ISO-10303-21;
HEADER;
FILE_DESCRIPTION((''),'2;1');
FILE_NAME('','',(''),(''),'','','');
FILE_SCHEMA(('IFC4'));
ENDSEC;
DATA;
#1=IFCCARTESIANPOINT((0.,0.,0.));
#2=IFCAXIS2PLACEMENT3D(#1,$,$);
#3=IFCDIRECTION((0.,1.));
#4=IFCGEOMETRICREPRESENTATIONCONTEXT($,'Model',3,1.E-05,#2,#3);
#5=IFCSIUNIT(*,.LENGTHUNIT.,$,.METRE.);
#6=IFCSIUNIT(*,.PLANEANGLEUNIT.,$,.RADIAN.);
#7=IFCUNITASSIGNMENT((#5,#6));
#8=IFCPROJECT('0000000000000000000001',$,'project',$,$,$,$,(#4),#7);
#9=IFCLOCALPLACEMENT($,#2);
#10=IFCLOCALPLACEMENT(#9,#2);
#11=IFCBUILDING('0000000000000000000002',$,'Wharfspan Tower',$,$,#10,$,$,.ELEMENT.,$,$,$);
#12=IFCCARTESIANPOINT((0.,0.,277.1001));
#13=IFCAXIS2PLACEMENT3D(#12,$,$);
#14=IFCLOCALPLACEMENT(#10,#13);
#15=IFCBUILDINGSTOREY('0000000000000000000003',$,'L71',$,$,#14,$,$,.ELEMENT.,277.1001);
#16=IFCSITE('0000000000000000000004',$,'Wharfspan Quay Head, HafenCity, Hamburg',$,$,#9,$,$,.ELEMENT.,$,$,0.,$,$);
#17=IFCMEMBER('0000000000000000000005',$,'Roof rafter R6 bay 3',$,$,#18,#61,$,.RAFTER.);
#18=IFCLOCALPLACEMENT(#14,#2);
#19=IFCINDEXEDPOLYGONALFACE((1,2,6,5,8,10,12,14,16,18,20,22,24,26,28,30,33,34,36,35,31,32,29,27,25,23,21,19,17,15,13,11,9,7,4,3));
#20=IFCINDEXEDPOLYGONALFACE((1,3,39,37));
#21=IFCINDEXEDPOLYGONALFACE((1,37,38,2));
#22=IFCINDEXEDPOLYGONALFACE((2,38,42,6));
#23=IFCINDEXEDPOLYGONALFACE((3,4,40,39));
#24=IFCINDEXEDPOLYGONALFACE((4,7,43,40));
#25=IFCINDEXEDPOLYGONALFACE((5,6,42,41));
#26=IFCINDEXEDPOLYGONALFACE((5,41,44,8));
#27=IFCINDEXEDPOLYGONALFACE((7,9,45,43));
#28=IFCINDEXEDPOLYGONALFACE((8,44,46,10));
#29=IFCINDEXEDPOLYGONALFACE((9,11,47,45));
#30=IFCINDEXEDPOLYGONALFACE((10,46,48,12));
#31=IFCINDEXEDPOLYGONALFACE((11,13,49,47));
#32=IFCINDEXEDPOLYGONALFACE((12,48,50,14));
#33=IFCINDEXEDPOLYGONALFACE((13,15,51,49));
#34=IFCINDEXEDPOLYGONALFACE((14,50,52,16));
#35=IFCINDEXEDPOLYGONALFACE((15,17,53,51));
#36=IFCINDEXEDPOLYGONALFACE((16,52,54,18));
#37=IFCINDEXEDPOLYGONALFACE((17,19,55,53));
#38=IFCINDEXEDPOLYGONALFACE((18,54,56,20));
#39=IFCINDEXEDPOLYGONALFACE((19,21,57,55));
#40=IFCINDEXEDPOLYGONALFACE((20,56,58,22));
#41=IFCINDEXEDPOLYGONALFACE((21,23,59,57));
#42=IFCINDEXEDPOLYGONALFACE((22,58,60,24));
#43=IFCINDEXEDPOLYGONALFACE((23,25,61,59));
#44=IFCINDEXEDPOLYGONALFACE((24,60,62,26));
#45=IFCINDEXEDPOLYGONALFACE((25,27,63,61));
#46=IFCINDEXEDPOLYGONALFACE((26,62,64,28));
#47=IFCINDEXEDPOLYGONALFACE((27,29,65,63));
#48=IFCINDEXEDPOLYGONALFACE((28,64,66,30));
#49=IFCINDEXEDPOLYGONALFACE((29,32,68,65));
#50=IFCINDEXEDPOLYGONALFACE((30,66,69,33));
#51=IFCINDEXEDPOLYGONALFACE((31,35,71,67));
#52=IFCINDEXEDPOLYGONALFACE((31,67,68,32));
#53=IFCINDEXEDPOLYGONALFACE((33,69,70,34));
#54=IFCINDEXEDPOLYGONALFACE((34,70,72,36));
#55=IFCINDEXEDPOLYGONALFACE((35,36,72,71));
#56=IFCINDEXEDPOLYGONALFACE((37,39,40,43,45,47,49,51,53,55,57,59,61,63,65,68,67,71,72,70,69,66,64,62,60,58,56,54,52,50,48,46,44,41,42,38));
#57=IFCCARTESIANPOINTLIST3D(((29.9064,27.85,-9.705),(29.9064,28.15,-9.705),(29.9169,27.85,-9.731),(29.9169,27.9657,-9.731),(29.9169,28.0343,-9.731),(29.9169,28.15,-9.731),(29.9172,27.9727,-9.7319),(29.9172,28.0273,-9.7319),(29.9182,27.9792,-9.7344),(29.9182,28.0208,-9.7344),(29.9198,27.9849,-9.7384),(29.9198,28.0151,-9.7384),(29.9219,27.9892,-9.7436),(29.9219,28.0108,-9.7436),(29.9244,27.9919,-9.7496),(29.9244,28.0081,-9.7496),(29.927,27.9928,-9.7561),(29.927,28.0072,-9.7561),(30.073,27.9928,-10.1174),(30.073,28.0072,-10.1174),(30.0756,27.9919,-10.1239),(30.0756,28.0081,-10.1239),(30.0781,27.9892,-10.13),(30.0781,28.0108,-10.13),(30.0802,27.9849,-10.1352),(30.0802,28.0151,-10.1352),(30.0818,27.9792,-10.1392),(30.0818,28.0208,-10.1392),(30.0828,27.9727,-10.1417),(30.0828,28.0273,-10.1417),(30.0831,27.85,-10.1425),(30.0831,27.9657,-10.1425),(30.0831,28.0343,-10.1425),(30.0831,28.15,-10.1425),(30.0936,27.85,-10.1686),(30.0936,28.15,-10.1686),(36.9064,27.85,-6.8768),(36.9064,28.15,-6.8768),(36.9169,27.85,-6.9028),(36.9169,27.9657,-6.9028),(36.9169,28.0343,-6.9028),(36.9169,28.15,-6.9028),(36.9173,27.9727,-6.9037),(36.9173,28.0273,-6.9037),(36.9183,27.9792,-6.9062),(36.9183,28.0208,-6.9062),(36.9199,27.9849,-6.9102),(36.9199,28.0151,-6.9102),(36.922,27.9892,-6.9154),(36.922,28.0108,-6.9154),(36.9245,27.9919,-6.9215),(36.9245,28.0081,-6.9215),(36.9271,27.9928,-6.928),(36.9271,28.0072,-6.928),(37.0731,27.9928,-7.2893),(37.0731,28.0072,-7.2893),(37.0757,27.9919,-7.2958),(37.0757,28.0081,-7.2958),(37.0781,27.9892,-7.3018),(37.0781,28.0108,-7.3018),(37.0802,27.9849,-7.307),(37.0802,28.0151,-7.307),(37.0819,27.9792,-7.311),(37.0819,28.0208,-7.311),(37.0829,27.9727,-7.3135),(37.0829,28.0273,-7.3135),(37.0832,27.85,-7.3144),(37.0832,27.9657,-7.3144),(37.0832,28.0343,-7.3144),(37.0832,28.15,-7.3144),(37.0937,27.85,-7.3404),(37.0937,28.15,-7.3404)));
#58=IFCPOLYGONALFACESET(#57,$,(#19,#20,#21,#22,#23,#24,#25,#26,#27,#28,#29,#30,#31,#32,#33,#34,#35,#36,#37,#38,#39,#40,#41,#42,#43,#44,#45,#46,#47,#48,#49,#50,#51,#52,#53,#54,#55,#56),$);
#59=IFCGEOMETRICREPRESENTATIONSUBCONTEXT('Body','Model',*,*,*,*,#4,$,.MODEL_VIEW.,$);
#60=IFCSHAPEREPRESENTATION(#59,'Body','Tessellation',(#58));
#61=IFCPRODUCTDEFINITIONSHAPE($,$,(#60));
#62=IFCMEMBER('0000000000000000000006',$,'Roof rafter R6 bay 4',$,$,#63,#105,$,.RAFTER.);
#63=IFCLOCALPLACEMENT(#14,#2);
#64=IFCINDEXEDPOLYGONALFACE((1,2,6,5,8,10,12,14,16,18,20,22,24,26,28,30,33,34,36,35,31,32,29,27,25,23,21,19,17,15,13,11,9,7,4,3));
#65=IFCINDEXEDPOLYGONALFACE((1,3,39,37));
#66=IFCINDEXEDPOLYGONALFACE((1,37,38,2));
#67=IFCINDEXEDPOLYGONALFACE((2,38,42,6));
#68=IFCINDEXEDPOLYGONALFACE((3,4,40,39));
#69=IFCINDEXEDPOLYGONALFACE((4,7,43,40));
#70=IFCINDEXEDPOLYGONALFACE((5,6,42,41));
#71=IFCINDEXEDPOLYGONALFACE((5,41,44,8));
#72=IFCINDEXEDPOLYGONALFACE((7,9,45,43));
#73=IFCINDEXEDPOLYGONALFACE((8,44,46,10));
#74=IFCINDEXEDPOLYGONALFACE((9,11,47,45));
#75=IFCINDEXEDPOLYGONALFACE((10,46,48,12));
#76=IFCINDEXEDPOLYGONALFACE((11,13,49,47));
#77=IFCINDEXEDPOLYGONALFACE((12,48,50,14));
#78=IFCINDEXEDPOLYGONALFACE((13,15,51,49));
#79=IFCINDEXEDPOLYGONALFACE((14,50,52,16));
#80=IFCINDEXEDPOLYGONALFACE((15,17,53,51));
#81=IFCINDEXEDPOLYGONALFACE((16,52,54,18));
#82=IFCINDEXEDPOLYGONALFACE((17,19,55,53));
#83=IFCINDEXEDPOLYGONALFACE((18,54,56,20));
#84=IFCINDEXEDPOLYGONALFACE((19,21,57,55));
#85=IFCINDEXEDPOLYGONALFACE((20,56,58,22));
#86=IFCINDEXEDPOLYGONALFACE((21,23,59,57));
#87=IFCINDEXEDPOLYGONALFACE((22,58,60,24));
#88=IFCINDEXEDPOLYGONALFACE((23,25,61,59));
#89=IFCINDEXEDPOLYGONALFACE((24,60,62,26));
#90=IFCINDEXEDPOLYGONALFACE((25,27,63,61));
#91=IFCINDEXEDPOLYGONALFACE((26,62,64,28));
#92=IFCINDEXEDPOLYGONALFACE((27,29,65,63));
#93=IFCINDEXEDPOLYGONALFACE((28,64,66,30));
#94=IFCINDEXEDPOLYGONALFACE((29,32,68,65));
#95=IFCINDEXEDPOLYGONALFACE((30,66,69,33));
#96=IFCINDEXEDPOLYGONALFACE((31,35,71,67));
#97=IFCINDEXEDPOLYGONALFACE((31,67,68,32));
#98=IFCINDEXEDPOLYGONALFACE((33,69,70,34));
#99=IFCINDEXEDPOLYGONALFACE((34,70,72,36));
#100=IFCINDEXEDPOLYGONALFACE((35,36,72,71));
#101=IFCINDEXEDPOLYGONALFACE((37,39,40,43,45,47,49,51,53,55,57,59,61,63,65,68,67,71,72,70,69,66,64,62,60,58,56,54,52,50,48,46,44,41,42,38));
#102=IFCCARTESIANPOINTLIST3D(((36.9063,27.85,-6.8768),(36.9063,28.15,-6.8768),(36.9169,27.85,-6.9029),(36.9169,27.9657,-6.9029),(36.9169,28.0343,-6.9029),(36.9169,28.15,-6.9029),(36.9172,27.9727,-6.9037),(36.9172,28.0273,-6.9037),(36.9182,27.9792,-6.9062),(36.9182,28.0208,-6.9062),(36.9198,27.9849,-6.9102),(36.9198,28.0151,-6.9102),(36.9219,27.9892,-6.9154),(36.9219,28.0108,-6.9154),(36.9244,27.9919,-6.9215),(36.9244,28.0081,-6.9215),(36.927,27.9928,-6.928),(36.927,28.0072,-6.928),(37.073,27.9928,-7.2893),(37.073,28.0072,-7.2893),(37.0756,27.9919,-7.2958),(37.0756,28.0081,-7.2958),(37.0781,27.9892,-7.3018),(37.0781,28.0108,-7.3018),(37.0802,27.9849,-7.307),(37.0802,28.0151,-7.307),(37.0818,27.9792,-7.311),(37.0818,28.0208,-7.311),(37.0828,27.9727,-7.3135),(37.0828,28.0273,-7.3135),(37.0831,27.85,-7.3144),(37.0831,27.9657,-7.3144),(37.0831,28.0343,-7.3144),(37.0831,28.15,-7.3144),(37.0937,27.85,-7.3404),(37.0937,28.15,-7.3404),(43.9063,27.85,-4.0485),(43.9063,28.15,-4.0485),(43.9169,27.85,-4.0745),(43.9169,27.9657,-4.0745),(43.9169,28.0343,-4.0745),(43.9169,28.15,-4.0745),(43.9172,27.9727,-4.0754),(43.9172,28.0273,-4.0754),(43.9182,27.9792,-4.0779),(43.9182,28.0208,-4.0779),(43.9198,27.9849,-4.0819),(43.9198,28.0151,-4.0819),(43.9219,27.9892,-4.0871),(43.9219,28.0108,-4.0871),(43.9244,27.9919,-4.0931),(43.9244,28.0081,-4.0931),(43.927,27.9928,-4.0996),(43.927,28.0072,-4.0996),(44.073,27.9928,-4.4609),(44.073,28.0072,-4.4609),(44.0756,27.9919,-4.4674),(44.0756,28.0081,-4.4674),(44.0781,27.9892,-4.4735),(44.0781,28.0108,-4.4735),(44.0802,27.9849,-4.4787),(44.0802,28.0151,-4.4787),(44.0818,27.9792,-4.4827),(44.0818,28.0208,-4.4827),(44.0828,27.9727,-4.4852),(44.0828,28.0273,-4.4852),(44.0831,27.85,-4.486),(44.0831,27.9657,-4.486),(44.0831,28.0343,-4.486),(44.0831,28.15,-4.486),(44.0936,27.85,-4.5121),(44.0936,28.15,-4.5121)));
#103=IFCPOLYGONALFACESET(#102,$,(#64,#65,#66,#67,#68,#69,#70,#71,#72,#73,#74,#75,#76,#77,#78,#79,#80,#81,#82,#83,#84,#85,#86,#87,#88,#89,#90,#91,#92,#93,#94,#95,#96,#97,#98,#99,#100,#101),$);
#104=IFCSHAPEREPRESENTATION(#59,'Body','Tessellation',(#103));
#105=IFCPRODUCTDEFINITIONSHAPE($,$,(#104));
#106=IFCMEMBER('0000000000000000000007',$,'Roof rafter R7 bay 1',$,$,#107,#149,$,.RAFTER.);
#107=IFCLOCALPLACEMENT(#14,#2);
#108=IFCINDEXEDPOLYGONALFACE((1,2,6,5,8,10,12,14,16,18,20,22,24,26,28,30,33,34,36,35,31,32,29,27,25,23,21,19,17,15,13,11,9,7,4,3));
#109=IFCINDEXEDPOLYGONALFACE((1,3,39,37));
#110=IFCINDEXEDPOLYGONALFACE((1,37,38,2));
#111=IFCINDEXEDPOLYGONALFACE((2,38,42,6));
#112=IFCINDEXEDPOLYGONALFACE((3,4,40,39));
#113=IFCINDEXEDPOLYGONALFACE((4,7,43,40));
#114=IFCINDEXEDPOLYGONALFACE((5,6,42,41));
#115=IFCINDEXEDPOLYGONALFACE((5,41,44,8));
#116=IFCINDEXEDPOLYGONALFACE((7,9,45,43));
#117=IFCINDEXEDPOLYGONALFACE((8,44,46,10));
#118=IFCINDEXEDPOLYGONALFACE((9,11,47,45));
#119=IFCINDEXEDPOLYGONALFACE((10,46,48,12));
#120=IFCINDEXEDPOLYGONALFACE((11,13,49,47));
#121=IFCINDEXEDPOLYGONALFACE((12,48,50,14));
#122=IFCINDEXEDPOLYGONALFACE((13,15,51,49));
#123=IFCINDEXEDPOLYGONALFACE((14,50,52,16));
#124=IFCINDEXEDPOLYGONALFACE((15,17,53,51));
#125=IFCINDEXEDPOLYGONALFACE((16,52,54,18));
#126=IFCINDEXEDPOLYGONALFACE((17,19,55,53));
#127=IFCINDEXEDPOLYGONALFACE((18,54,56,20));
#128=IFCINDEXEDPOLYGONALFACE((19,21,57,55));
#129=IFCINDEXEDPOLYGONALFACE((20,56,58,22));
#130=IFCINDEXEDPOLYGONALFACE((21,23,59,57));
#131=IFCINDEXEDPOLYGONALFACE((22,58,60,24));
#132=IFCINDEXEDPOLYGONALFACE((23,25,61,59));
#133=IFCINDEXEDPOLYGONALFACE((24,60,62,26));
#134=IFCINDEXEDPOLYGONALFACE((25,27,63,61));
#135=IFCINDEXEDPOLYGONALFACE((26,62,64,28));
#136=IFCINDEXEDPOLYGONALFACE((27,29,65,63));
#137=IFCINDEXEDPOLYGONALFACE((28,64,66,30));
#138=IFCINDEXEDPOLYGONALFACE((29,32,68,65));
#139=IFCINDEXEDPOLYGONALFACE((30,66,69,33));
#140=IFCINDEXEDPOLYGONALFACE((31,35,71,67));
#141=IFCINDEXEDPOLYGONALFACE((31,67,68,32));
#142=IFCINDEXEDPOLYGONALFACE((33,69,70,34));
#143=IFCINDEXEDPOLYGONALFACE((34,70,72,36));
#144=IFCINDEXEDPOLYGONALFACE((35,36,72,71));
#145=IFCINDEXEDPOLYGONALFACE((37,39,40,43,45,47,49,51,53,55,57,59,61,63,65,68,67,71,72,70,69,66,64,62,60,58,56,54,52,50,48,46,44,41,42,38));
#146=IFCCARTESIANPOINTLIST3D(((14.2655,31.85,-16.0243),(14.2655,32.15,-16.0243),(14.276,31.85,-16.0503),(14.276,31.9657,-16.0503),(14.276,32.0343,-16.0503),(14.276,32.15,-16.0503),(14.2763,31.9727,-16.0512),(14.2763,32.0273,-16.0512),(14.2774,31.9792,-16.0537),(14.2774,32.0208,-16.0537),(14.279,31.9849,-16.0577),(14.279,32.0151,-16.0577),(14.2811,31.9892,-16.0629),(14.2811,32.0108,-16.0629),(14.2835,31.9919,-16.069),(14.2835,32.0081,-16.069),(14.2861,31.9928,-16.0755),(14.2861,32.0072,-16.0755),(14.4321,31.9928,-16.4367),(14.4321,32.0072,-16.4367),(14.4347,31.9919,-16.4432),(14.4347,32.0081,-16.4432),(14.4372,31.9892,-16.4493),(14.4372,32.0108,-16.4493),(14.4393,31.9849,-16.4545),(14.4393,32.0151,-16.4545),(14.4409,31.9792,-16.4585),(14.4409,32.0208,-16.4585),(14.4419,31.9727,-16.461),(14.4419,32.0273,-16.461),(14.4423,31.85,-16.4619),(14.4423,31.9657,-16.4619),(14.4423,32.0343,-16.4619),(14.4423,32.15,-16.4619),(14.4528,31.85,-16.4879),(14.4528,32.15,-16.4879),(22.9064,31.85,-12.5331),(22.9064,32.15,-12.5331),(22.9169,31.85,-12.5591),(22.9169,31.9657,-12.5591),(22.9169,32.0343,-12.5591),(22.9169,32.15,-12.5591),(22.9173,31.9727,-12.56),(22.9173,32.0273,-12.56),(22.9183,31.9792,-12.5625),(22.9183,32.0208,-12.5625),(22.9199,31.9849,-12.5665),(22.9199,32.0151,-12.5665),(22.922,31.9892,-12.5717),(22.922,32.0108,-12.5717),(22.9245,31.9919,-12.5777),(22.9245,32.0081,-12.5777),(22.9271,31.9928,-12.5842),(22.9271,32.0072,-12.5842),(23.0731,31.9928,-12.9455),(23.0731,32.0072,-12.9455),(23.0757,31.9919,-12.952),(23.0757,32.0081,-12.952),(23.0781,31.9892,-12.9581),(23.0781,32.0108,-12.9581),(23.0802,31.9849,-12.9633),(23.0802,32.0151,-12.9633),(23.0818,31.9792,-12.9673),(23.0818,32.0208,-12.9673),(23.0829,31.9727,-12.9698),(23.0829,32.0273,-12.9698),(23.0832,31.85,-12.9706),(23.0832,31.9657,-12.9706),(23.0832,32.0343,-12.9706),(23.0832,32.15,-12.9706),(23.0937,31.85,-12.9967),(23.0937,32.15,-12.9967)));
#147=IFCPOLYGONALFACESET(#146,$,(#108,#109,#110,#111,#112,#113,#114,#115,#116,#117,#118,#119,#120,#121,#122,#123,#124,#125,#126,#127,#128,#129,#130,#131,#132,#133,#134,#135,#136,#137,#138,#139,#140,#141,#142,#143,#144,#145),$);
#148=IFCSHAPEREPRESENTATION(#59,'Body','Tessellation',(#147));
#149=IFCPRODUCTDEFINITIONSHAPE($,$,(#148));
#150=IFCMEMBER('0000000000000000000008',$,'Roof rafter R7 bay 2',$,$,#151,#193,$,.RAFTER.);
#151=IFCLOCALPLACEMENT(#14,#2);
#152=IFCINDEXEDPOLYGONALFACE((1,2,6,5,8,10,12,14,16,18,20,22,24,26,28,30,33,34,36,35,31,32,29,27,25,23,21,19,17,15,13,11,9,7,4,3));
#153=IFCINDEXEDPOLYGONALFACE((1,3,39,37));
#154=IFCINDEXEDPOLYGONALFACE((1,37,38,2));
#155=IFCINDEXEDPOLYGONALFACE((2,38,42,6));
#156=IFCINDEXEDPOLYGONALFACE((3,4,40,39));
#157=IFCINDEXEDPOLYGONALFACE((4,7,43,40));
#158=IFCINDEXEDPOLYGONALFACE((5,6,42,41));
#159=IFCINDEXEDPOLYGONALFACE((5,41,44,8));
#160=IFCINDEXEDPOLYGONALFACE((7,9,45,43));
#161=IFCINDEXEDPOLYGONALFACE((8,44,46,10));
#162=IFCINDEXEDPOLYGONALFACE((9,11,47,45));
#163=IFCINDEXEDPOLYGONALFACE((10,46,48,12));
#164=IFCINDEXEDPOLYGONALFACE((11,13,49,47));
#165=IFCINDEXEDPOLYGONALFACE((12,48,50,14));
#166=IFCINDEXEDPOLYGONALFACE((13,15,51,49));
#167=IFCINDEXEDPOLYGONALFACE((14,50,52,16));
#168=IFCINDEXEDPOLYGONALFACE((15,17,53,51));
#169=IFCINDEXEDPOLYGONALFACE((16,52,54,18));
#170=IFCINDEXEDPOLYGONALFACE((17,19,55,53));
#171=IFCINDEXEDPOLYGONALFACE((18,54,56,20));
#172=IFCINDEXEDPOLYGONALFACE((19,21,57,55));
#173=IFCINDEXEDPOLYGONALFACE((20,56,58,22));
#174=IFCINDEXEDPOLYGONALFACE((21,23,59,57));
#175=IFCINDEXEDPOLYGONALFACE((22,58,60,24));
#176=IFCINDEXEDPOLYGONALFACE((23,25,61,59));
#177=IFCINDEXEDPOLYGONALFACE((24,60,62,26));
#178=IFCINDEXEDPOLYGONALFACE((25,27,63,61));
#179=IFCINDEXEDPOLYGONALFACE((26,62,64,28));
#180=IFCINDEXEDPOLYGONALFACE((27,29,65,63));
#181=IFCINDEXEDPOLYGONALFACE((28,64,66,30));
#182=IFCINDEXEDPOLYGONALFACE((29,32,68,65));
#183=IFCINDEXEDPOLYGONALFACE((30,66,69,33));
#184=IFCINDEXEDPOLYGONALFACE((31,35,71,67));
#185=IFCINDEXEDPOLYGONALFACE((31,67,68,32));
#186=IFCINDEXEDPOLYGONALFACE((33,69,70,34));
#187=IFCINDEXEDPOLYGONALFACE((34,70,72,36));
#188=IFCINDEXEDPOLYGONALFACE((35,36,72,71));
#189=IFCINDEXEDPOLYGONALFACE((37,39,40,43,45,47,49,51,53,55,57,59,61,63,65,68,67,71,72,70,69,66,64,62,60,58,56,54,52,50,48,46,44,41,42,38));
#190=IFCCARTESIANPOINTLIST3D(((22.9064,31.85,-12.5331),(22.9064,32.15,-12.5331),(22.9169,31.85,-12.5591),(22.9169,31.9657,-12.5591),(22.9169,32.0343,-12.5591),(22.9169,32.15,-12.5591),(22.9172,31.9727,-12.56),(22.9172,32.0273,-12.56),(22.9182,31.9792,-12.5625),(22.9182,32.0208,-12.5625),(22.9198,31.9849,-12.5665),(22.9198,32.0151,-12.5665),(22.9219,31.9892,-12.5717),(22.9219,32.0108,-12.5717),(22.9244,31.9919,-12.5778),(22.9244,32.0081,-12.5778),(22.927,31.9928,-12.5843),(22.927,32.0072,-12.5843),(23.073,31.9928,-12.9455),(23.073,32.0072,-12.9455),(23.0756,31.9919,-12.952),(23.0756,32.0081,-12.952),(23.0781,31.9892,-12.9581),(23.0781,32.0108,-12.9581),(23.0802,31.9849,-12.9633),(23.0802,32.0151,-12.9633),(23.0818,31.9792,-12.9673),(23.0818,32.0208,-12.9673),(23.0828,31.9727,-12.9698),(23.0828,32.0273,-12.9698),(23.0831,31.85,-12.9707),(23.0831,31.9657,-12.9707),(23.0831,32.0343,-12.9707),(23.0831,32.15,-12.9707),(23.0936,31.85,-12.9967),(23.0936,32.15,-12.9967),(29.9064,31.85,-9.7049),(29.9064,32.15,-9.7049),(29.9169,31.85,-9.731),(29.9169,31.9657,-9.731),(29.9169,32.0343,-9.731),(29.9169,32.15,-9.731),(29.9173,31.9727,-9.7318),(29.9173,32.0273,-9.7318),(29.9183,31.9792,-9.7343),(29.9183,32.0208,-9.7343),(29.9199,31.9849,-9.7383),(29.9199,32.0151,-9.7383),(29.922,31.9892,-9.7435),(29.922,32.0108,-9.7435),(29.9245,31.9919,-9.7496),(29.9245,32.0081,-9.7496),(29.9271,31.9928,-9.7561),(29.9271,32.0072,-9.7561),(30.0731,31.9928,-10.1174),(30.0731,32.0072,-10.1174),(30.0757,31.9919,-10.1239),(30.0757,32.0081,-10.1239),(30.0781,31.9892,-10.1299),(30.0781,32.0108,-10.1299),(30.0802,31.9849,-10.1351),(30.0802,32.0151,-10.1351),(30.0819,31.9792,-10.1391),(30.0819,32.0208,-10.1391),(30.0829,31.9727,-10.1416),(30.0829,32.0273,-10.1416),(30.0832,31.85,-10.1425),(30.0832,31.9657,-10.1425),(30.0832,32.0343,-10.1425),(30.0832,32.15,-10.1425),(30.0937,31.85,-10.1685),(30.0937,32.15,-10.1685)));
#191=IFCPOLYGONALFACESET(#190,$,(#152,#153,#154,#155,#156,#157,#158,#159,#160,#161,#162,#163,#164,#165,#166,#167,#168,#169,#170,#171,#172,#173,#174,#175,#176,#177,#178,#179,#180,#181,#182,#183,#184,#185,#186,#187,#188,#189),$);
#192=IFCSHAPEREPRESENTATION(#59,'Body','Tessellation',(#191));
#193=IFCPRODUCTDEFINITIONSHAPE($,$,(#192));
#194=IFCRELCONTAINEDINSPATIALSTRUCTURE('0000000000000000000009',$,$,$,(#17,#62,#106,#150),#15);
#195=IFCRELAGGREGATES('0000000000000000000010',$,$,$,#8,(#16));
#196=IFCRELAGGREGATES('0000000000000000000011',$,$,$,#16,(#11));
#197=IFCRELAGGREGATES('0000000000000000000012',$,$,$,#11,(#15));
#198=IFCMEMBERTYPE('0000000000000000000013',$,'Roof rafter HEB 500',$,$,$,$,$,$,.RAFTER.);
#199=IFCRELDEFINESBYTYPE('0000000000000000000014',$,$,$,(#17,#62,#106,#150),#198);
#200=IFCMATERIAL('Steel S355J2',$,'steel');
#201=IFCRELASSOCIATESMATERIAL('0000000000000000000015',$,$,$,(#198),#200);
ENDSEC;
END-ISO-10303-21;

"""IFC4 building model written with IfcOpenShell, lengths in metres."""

from ifc_helpers import new_model, si_unit, direction, frame, origin, origin_2d, place, context, subcontext, project, spatial, i_section, extrude, material, material_profile, profile_set, type_object, element, save


model = new_model("IFC4")

# Units and contexts
model_context = context("Model", 3, precision=1e-05, world=origin(), true_north=direction((0.0, 1.0)))
body_context = subcontext(model_context, "Body", "Model", "MODEL_VIEW")
ifc_project = project(units=[si_unit("LENGTHUNIT", "METRE"), si_unit("PLANEANGLEUNIT", "RADIAN")], contexts=[model_context])

# Site, building, storey
site_placement = place(None, origin())
site = spatial("IfcSite", under=ifc_project, at=site_placement, Name="Wharfspan Quay Head, HafenCity, Hamburg", CompositionType="ELEMENT", RefElevation=0.0)
building_placement = place(site_placement, origin())
building = spatial("IfcBuilding", under=site, at=building_placement, Name="Wharfspan Tower", CompositionType="ELEMENT")
storey_placement = place(building_placement, frame((0.0, 0.0, 277.1001)))
storey = spatial("IfcBuildingStorey", under=building, at=storey_placement, Name="L71", CompositionType="ELEMENT", Elevation=277.1001)

# Members
ifc_material = material(Name="Steel S355J2", Category="steel")
ifc_material_profile = material_profile(ifc_material, i_section(OverallWidth=0.3, OverallDepth=0.5, WebThickness=0.0144, FlangeThickness=0.0281, FilletRadius=0.0271, at=origin_2d()))
ifc_profile_set = profile_set([ifc_material_profile], Name="Steel S355J2")
member_type = type_object("IfcMemberType", Name="Roof rafter HEB 500", PredefinedType="RAFTER", material=ifc_profile_set)
for number, where, z_axis, x_axis, name in (
    (1, (30.0, 28.0, -9.9368), (0.927187, 0.0, 0.3746), (0.0, 1.0, 0.0), "Roof rafter R6 bay 3"),
    (2, (37.0, 28.0, -7.1086), (0.927175, 0.0, 0.374628), (0.0, 1.0, 0.0), "Roof rafter R6 bay 4"),
):
    element("IfcMember", number, at=place(storey_placement, frame(where, z_axis=z_axis, x_axis=x_axis)), inside=storey, type_object=member_type, Name=name, PredefinedType="RAFTER", context=body_context, shape_type="SweptSolid", body=[
        extrude(i_section(OverallWidth=0.3, OverallDepth=0.5, WebThickness=0.0144, FlangeThickness=0.0281, FilletRadius=0.0271, at=origin_2d()), origin(), (0.0, 0.0, 1.0), 7.5498),
    ])
member_1_placement = place(storey_placement, frame((14.3591, 32.0, -16.2561), z_axis=(0.927181, 0.0, 0.374613), x_axis=(0.0, 1.0, 0.0)))
element("IfcMember", 3, at=member_1_placement, inside=storey, type_object=member_type, Name="Roof rafter R7 bay 1", PredefinedType="RAFTER", context=body_context, shape_type="SweptSolid", body=[
    extrude(i_section(OverallWidth=0.3, OverallDepth=0.5, WebThickness=0.0144, FlangeThickness=0.0281, FilletRadius=0.0271, at=origin_2d()), origin(), (0.0, 0.0, 1.0), 9.3196),
])
for number, where, z_axis, x_axis, name in (
    (4, (23.0, 32.0, -12.7649), (0.927187, 0.0, 0.3746), (0.0, 1.0, 0.0), "Roof rafter R7 bay 2"),
):
    element("IfcMember", number, at=place(storey_placement, frame(where, z_axis=z_axis, x_axis=x_axis)), inside=storey, type_object=member_type, Name=name, PredefinedType="RAFTER", context=body_context, shape_type="SweptSolid", body=[
        extrude(i_section(OverallWidth=0.3, OverallDepth=0.5, WebThickness=0.0144, FlangeThickness=0.0281, FilletRadius=0.0271, at=origin_2d()), origin(), (0.0, 0.0, 1.0), 7.5498),
    ])

save(model, "model.ifc")
